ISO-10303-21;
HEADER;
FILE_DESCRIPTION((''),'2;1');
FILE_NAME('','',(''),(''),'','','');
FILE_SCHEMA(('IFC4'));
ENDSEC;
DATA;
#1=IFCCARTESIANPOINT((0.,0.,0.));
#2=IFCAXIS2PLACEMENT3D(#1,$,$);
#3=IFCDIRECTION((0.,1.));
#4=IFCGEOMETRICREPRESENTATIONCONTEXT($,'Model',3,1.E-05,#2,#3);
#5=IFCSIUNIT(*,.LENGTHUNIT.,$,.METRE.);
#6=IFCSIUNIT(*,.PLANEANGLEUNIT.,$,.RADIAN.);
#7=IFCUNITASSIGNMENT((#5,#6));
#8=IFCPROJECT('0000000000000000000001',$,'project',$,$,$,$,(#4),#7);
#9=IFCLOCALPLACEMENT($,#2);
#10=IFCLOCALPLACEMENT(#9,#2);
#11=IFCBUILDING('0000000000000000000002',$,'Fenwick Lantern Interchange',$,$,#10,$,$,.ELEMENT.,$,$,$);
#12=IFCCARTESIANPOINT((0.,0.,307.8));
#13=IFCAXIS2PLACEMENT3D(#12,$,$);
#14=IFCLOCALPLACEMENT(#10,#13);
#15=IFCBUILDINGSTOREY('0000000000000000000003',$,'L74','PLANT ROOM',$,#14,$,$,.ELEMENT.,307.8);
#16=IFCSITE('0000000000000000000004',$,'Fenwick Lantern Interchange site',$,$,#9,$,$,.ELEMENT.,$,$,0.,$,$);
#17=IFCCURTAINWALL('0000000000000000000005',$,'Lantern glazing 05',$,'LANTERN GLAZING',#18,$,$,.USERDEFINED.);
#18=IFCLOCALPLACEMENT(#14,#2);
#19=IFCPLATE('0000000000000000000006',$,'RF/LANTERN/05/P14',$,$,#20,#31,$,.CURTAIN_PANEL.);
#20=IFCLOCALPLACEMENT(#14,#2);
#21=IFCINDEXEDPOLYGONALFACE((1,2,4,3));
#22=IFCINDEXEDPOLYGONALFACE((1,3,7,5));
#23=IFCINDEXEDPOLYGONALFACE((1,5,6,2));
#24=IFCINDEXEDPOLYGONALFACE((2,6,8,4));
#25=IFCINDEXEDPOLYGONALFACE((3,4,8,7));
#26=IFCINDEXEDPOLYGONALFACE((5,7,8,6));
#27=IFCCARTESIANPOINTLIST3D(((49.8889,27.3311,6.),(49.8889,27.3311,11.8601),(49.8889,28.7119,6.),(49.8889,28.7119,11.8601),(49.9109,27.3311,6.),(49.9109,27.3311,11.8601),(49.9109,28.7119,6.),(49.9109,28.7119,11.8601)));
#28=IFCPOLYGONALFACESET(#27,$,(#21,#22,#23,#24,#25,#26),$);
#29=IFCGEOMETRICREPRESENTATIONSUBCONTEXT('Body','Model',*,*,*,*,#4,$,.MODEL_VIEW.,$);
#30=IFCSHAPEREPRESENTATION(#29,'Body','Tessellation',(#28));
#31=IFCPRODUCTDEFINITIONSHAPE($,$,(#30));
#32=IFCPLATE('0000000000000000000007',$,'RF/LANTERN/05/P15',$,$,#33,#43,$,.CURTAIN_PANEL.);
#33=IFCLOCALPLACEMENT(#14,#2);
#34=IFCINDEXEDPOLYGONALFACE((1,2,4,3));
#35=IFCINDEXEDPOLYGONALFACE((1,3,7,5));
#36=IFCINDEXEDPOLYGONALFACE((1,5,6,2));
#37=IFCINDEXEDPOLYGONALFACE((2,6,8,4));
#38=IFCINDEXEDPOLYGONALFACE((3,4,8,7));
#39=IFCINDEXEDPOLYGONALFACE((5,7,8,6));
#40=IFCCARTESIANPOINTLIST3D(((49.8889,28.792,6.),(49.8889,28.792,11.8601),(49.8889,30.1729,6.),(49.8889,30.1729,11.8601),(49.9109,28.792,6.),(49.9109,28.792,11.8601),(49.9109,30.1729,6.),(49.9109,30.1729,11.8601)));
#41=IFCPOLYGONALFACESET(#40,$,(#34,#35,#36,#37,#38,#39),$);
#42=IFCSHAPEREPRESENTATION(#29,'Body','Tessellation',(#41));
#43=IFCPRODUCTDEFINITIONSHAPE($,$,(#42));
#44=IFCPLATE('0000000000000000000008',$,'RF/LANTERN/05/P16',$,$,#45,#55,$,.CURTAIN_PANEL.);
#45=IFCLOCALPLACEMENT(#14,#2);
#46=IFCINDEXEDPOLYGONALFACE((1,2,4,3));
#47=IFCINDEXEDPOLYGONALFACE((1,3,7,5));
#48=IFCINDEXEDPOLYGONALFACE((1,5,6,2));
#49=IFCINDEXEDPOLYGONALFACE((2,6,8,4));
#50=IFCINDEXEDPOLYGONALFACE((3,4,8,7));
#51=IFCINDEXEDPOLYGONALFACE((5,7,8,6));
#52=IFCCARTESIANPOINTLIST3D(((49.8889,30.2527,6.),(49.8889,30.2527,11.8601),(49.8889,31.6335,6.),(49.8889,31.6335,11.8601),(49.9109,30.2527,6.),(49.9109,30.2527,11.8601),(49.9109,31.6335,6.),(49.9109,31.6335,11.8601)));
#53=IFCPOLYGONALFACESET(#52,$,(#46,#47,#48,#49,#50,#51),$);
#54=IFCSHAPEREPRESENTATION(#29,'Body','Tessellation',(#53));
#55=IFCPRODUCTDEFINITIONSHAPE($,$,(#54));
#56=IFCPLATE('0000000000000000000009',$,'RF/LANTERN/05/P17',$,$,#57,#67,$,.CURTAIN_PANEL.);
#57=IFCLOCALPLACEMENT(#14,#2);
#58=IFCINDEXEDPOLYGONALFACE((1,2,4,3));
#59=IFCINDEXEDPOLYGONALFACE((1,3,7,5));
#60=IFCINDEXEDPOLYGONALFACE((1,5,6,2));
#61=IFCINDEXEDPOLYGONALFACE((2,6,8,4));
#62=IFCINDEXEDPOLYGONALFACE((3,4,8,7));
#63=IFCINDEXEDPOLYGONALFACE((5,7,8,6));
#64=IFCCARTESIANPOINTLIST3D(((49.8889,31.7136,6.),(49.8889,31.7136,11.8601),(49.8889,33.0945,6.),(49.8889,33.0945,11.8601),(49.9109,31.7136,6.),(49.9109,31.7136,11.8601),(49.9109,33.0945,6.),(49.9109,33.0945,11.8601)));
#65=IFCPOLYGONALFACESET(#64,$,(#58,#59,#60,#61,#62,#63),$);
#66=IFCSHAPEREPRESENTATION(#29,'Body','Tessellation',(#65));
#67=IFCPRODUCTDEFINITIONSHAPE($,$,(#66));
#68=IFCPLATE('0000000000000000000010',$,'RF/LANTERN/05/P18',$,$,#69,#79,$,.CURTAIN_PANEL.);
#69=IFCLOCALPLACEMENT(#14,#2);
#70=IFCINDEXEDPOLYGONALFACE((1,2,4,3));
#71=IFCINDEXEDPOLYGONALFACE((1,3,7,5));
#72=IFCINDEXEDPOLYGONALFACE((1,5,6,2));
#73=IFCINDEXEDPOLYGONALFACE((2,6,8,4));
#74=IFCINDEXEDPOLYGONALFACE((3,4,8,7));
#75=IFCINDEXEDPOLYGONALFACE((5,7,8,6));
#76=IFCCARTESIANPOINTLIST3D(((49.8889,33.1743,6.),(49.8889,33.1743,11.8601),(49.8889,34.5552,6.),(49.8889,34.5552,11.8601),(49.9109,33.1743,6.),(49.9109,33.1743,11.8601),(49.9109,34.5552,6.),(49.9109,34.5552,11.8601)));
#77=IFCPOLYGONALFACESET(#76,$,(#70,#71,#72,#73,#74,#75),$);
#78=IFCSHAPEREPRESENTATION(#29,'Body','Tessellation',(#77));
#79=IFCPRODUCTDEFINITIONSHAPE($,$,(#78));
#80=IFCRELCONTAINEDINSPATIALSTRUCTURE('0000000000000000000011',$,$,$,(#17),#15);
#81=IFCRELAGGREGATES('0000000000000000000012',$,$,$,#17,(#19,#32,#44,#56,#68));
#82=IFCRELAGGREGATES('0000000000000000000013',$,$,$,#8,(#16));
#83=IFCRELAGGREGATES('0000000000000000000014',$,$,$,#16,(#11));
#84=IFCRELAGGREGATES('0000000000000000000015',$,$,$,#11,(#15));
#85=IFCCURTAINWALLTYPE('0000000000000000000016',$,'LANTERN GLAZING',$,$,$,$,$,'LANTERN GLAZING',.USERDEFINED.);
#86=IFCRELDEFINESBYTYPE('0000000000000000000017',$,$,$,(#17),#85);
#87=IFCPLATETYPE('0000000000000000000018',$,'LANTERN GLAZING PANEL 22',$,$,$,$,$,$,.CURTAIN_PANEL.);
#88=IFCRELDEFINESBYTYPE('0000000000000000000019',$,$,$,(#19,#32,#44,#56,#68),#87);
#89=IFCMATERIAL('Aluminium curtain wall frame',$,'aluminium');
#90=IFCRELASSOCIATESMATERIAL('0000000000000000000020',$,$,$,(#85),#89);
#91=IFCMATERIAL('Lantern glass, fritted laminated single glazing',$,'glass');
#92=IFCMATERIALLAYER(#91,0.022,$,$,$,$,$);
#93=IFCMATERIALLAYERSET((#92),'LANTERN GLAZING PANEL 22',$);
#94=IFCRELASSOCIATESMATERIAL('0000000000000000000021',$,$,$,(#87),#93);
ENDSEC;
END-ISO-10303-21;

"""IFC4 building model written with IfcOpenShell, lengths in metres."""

from ifc_helpers import new_model, si_unit, direction, frame, origin, origin_2d, place, context, subcontext, project, spatial, rectangle, extrude, material, layer, layer_set, type_object, element, aggregate, save


model = new_model("IFC4")

# Units and contexts
model_context = context("Model", 3, precision=1e-05, world=origin(), true_north=direction((0.0, 1.0)))
body_context = subcontext(model_context, "Body", "Model", "MODEL_VIEW")
ifc_project = project(units=[si_unit("LENGTHUNIT", "METRE"), si_unit("PLANEANGLEUNIT", "RADIAN")], contexts=[model_context])

# Site, building, storey
site_placement = place(None, origin())
site = spatial("IfcSite", under=ifc_project, at=site_placement, Name="Fenwick Lantern Interchange site", CompositionType="ELEMENT", RefElevation=0.0)
building_placement = place(site_placement, origin())
building = spatial("IfcBuilding", under=site, at=building_placement, Name="Fenwick Lantern Interchange", CompositionType="ELEMENT")
storey_placement = place(building_placement, frame((0.0, 0.0, 307.8)))
storey = spatial("IfcBuildingStorey", under=building, at=storey_placement, Name="L74", Description="PLANT ROOM", CompositionType="ELEMENT", Elevation=307.8)

# Curtain wall
ifc_material_1 = material(Name="Aluminium curtain wall frame", Category="aluminium")
curtain_wall_type = type_object("IfcCurtainWallType", Name="LANTERN GLAZING", ElementType="LANTERN GLAZING", PredefinedType="USERDEFINED", material=ifc_material_1)
curtain_wall_1_placement = place(storey_placement, origin())
curtain_wall_1 = element("IfcCurtainWall", 1, at=curtain_wall_1_placement, inside=storey, type_object=curtain_wall_type, Name="Lantern glazing 05", ObjectType="LANTERN GLAZING", PredefinedType="USERDEFINED")

# Plates
ifc_material_2 = material(Name="Lantern glass, fritted laminated single glazing", Category="glass")
ifc_layer = layer(ifc_material_2, 0.022)
ifc_layer_set = layer_set([ifc_layer], Name="LANTERN GLAZING PANEL 22")
plate_type = type_object("IfcPlateType", Name="LANTERN GLAZING PANEL 22", PredefinedType="CURTAIN_PANEL", material=ifc_layer_set)
plate_1_placement = place(storey_placement, frame((49.8999, 28.0215, 6.0), z_axis=(0.0, 0.0, 1.0), x_axis=(0.0, 1.0, 0.0)))
plate_1 = element("IfcPlate", 2, at=plate_1_placement, type_object=plate_type, Name="RF/LANTERN/05/P14", PredefinedType="CURTAIN_PANEL", context=body_context, shape_type="SweptSolid", body=[
    extrude(rectangle(XDim=1.3809, YDim=0.022, at=origin_2d()), origin(), (0.0, 0.0, 1.0), 5.8601),
])
plate_2_placement = place(storey_placement, frame((49.8999, 29.4824, 6.0), z_axis=(0.0, 0.0, 1.0), x_axis=(0.0, 1.0, 0.0)))
plate_2 = element("IfcPlate", 3, at=plate_2_placement, type_object=plate_type, Name="RF/LANTERN/05/P15", PredefinedType="CURTAIN_PANEL", context=body_context, shape_type="SweptSolid", body=[
    extrude(rectangle(XDim=1.3809, YDim=0.022, at=origin_2d()), origin(), (0.0, 0.0, 1.0), 5.8601),
])
plate_3_placement = place(storey_placement, frame((49.8999, 30.9431, 6.0), z_axis=(0.0, 0.0, 1.0), x_axis=(0.0, 1.0, 0.0)))
plate_3 = element("IfcPlate", 4, at=plate_3_placement, type_object=plate_type, Name="RF/LANTERN/05/P16", PredefinedType="CURTAIN_PANEL", context=body_context, shape_type="SweptSolid", body=[
    extrude(rectangle(XDim=1.3809, YDim=0.022, at=origin_2d()), origin(), (0.0, 0.0, 1.0), 5.8601),
])
plate_4_placement = place(storey_placement, frame((49.8999, 32.4041, 6.0), z_axis=(0.0, 0.0, 1.0), x_axis=(0.0, 1.0, 0.0)))
plate_4 = element("IfcPlate", 5, at=plate_4_placement, type_object=plate_type, Name="RF/LANTERN/05/P17", PredefinedType="CURTAIN_PANEL", context=body_context, shape_type="SweptSolid", body=[
    extrude(rectangle(XDim=1.3809, YDim=0.022, at=origin_2d()), origin(), (0.0, 0.0, 1.0), 5.8601),
])
plate_5_placement = place(storey_placement, frame((49.8999, 33.8647, 6.0), z_axis=(0.0, 0.0, 1.0), x_axis=(0.0, 1.0, 0.0)))
plate_5 = element("IfcPlate", 6, at=plate_5_placement, type_object=plate_type, Name="RF/LANTERN/05/P18", PredefinedType="CURTAIN_PANEL", context=body_context, shape_type="SweptSolid", body=[
    extrude(rectangle(XDim=1.3809, YDim=0.022, at=origin_2d()), origin(), (0.0, 0.0, 1.0), 5.8601),
])
aggregate(curtain_wall_1, [plate_1, plate_2, plate_3, plate_4, plate_5])

save(model, "model.ifc")
